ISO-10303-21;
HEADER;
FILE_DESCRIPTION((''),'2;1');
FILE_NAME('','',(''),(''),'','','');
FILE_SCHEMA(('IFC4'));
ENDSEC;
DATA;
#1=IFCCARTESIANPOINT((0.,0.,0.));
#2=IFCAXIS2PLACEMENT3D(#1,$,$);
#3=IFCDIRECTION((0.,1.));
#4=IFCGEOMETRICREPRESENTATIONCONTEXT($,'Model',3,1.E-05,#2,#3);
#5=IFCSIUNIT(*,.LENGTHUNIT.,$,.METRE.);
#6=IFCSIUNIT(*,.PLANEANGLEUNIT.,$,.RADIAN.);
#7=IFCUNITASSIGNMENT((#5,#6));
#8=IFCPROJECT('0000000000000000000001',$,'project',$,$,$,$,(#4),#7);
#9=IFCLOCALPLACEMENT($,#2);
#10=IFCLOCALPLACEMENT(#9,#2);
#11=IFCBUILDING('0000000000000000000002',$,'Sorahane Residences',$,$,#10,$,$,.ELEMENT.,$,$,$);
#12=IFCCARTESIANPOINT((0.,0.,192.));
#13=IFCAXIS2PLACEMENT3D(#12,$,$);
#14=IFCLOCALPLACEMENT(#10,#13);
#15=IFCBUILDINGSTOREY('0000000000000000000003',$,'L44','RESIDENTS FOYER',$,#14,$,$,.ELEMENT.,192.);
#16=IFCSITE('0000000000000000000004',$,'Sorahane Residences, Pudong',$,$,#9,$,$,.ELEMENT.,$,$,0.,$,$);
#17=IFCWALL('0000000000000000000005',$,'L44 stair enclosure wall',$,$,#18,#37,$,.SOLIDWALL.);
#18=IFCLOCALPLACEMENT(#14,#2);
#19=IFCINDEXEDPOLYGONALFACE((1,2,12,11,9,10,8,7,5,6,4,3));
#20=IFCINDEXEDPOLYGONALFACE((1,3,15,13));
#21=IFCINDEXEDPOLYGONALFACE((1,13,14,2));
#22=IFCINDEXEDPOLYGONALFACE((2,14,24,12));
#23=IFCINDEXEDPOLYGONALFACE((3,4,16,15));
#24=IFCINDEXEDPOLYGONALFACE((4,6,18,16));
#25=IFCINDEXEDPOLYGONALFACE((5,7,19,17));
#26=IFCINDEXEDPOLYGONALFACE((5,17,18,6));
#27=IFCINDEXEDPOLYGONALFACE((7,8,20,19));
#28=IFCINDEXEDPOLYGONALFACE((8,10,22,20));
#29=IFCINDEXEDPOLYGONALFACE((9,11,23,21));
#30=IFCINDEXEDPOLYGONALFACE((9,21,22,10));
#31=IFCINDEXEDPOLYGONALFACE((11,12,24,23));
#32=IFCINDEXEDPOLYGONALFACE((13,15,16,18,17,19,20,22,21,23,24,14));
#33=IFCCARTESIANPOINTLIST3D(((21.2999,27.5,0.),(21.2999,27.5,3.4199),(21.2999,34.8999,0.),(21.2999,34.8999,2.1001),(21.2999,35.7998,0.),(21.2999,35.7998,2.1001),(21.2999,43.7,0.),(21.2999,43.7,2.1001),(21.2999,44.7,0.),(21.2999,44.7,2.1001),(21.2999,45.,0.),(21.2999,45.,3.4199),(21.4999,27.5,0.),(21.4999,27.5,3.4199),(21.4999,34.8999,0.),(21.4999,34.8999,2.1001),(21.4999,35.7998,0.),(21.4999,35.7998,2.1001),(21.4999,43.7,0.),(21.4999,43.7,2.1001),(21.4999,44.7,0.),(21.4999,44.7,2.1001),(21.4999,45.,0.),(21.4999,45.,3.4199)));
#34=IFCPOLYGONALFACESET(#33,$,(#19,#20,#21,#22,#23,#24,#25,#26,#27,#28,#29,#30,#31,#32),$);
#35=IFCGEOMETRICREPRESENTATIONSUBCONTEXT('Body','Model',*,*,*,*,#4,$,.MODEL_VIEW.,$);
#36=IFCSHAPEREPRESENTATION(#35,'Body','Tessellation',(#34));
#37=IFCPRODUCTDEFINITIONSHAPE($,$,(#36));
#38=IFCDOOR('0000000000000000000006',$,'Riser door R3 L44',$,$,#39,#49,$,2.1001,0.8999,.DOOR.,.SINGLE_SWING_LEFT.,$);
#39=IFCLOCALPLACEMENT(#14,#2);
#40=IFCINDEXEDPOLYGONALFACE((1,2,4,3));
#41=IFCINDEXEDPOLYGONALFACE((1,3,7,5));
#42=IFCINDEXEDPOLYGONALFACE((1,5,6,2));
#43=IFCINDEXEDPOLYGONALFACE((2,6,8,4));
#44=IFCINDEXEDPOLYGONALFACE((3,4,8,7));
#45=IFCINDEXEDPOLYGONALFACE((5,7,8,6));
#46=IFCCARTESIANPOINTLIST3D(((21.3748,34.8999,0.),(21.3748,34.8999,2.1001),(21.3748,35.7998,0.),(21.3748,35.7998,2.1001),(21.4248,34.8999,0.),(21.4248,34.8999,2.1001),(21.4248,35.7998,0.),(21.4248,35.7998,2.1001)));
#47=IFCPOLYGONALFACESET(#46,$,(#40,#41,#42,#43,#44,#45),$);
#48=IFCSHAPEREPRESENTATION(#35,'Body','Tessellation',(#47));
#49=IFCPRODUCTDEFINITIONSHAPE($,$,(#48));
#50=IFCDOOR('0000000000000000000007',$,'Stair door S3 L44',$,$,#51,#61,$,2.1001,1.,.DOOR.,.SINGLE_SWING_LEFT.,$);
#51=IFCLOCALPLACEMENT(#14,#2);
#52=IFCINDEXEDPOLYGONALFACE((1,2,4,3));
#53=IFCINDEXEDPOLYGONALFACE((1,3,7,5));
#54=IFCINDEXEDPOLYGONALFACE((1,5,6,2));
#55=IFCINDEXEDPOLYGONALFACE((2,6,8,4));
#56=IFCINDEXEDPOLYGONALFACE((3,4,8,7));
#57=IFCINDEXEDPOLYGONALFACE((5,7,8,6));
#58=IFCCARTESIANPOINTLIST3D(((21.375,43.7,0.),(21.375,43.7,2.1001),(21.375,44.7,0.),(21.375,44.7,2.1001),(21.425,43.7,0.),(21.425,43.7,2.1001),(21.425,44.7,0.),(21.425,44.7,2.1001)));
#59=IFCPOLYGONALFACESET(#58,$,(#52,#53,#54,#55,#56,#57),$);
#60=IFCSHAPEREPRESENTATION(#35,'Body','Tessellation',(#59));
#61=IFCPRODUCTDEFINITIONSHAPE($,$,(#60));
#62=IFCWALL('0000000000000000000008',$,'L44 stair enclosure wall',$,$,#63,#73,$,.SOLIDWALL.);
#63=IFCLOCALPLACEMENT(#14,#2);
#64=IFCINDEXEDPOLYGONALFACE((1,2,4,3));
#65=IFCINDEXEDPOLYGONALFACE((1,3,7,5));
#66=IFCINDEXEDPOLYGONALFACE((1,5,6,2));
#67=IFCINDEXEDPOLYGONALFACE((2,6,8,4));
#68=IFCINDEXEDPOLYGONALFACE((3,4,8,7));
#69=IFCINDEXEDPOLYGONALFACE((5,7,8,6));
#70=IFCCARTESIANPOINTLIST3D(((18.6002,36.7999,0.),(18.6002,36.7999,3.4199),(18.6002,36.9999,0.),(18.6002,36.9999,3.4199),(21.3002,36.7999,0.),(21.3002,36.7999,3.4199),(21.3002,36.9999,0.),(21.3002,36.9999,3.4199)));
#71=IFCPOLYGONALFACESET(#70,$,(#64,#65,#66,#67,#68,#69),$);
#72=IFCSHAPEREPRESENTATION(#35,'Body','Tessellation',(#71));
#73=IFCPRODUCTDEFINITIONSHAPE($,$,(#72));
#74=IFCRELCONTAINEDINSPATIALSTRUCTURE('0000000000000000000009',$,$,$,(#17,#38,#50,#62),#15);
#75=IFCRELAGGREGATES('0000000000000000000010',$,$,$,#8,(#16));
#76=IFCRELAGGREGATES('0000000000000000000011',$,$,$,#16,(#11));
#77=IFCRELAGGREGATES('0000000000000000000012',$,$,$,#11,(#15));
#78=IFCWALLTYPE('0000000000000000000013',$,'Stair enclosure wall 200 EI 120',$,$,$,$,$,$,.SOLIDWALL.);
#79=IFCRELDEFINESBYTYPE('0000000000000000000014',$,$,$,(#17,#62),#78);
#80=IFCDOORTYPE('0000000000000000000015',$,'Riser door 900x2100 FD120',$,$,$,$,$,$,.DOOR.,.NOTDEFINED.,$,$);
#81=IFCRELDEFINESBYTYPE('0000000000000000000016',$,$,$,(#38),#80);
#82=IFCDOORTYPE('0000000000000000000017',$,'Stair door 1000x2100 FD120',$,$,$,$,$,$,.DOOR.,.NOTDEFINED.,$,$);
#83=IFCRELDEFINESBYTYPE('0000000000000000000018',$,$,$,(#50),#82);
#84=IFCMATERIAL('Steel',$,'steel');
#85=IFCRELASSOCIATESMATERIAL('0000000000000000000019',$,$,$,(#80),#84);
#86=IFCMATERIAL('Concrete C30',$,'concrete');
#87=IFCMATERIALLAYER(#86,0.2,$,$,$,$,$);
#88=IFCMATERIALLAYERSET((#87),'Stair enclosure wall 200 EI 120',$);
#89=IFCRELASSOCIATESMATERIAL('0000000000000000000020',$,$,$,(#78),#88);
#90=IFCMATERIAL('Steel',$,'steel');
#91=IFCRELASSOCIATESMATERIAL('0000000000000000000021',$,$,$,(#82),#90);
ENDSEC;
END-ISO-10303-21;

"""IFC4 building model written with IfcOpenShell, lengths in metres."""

from ifc_helpers import new_model, si_unit, direction, frame, frame_2d, origin, place, context, subcontext, project, spatial, rectangle, extrude, material, layer, layer_set, type_object, element, fill, save


model = new_model("IFC4")

# Units and contexts
model_context = context("Model", 3, precision=1e-05, world=origin(), true_north=direction((0.0, 1.0)))
body_context = subcontext(model_context, "Body", "Model", "MODEL_VIEW")
ifc_project = project(units=[si_unit("LENGTHUNIT", "METRE"), si_unit("PLANEANGLEUNIT", "RADIAN")], contexts=[model_context])

# Site, building, storey
site_placement = place(None, origin())
site = spatial("IfcSite", under=ifc_project, at=site_placement, Name="Sorahane Residences, Pudong", CompositionType="ELEMENT", RefElevation=0.0)
building_placement = place(site_placement, origin())
building = spatial("IfcBuilding", under=site, at=building_placement, Name="Sorahane Residences", CompositionType="ELEMENT")
storey_placement = place(building_placement, frame((0.0, 0.0, 192.0)))
storey = spatial("IfcBuildingStorey", under=building, at=storey_placement, Name="L44", Description="RESIDENTS FOYER", CompositionType="ELEMENT", Elevation=192.0)

# Shared definitions
ifc_material_1 = material(Name="Steel", Category="steel")
door_type_1 = type_object("IfcDoorType", Name="Riser door 900x2100 FD120", OperationType="NOTDEFINED", PredefinedType="DOOR", material=ifc_material_1)

# Wall, openings, doors
ifc_material_2 = material(Name="Concrete C30", Category="concrete")
ifc_layer_1 = layer(ifc_material_2, 0.2)
ifc_layer_set_1 = layer_set([ifc_layer_1], Name="Stair enclosure wall 200 EI 120")
wall_type_1 = type_object("IfcWallType", Name="Stair enclosure wall 200 EI 120", PredefinedType="SOLIDWALL", material=ifc_layer_set_1)
wall_1_placement = place(storey_placement, frame((21.3999, 27.5, 0.0), z_axis=(0.0, 0.0, 1.0), x_axis=(0.0, 1.0, 0.0)))
wall_1 = element("IfcWall", 1, at=wall_1_placement, inside=storey, type_object=wall_type_1, Name="L44 stair enclosure wall", PredefinedType="SOLIDWALL", context=body_context, shape_type="SweptSolid", body=[
    extrude(rectangle(XDim=17.5, YDim=0.2, at=frame_2d((8.75, 0.0))), origin(), (0.0, 0.0, 1.0), 3.4199),
])
opening_1_placement = place(wall_1_placement, frame((16.2, 0.0, 0.0)))
opening_1 = element("IfcOpeningElement", 2, at=opening_1_placement, cuts=wall_1, PredefinedType="OPENING", context=body_context, shape_type="SweptSolid", body=[
    extrude(rectangle(XDim=1.0, YDim=2.1001, at=frame_2d((0.5, 1.05))), frame((0.0, 0.1099, 0.0), z_axis=(0.0, -1.0, 0.0), x_axis=(1.0, 0.0, 0.0)), (0.0, 0.0, 1.0), 0.22),
])
opening_2_placement = place(wall_1_placement, frame((7.3999, 0.0, 0.0)))
opening_2 = element("IfcOpeningElement", 3, at=opening_2_placement, cuts=wall_1, PredefinedType="OPENING", context=body_context, shape_type="SweptSolid", body=[
    extrude(rectangle(XDim=0.8999, YDim=2.1001, at=frame_2d((0.45, 1.05))), frame((0.0, 0.1099, 0.0), z_axis=(0.0, -1.0, 0.0), x_axis=(1.0, 0.0, 0.0)), (0.0, 0.0, 1.0), 0.22),
])
door_1_placement = place(opening_2_placement, frame((0.8999, 0.0, 0.0), z_axis=(0.0, 0.0, 1.0), x_axis=(-1.0, 0.0, 0.0)))
door_1 = element("IfcDoor", 4, at=door_1_placement, inside=storey, type_object=door_type_1, Name="Riser door R3 L44", OperationType="SINGLE_SWING_LEFT", OverallHeight=2.1001, OverallWidth=0.8999, PredefinedType="DOOR", context=body_context, shape_type="SweptSolid", body=[
    extrude(rectangle(XDim=0.8999, YDim=2.1001, at=frame_2d((0.45, 1.05))), frame((0.0, 0.0249, 0.0), z_axis=(0.0, -1.0, 0.0), x_axis=(1.0, 0.0, 0.0)), (0.0, 0.0, 1.0), 0.05),
])
fill(opening_2, door_1)
ifc_material_3 = material(Name="Steel", Category="steel")
door_type_2 = type_object("IfcDoorType", Name="Stair door 1000x2100 FD120", OperationType="NOTDEFINED", PredefinedType="DOOR", material=ifc_material_3)
door_2_placement = place(opening_1_placement, origin())
door_2 = element("IfcDoor", 5, at=door_2_placement, inside=storey, type_object=door_type_2, Name="Stair door S3 L44", OperationType="SINGLE_SWING_LEFT", OverallHeight=2.1001, OverallWidth=1.0, PredefinedType="DOOR", context=body_context, shape_type="SweptSolid", body=[
    extrude(rectangle(XDim=1.0, YDim=2.1001, at=frame_2d((0.5, 1.05))), frame((0.0, 0.0249, 0.0), z_axis=(0.0, -1.0, 0.0), x_axis=(1.0, 0.0, 0.0)), (0.0, 0.0, 1.0), 0.05),
])
fill(opening_1, door_2)

# Wall
wall_2_placement = place(storey_placement, frame((18.6001, 36.8999, 0.0), z_axis=(0.0, 0.0, 1.0), x_axis=(1.0, 0.0, 0.0)))
element("IfcWall", 6, at=wall_2_placement, inside=storey, type_object=wall_type_1, Name="L44 stair enclosure wall", PredefinedType="SOLIDWALL", context=body_context, shape_type="SweptSolid", body=[
    extrude(rectangle(XDim=2.7, YDim=0.2, at=frame_2d((1.3501, 0.0))), origin(), (0.0, 0.0, 1.0), 3.4199),
])

save(model, "model.ifc")
